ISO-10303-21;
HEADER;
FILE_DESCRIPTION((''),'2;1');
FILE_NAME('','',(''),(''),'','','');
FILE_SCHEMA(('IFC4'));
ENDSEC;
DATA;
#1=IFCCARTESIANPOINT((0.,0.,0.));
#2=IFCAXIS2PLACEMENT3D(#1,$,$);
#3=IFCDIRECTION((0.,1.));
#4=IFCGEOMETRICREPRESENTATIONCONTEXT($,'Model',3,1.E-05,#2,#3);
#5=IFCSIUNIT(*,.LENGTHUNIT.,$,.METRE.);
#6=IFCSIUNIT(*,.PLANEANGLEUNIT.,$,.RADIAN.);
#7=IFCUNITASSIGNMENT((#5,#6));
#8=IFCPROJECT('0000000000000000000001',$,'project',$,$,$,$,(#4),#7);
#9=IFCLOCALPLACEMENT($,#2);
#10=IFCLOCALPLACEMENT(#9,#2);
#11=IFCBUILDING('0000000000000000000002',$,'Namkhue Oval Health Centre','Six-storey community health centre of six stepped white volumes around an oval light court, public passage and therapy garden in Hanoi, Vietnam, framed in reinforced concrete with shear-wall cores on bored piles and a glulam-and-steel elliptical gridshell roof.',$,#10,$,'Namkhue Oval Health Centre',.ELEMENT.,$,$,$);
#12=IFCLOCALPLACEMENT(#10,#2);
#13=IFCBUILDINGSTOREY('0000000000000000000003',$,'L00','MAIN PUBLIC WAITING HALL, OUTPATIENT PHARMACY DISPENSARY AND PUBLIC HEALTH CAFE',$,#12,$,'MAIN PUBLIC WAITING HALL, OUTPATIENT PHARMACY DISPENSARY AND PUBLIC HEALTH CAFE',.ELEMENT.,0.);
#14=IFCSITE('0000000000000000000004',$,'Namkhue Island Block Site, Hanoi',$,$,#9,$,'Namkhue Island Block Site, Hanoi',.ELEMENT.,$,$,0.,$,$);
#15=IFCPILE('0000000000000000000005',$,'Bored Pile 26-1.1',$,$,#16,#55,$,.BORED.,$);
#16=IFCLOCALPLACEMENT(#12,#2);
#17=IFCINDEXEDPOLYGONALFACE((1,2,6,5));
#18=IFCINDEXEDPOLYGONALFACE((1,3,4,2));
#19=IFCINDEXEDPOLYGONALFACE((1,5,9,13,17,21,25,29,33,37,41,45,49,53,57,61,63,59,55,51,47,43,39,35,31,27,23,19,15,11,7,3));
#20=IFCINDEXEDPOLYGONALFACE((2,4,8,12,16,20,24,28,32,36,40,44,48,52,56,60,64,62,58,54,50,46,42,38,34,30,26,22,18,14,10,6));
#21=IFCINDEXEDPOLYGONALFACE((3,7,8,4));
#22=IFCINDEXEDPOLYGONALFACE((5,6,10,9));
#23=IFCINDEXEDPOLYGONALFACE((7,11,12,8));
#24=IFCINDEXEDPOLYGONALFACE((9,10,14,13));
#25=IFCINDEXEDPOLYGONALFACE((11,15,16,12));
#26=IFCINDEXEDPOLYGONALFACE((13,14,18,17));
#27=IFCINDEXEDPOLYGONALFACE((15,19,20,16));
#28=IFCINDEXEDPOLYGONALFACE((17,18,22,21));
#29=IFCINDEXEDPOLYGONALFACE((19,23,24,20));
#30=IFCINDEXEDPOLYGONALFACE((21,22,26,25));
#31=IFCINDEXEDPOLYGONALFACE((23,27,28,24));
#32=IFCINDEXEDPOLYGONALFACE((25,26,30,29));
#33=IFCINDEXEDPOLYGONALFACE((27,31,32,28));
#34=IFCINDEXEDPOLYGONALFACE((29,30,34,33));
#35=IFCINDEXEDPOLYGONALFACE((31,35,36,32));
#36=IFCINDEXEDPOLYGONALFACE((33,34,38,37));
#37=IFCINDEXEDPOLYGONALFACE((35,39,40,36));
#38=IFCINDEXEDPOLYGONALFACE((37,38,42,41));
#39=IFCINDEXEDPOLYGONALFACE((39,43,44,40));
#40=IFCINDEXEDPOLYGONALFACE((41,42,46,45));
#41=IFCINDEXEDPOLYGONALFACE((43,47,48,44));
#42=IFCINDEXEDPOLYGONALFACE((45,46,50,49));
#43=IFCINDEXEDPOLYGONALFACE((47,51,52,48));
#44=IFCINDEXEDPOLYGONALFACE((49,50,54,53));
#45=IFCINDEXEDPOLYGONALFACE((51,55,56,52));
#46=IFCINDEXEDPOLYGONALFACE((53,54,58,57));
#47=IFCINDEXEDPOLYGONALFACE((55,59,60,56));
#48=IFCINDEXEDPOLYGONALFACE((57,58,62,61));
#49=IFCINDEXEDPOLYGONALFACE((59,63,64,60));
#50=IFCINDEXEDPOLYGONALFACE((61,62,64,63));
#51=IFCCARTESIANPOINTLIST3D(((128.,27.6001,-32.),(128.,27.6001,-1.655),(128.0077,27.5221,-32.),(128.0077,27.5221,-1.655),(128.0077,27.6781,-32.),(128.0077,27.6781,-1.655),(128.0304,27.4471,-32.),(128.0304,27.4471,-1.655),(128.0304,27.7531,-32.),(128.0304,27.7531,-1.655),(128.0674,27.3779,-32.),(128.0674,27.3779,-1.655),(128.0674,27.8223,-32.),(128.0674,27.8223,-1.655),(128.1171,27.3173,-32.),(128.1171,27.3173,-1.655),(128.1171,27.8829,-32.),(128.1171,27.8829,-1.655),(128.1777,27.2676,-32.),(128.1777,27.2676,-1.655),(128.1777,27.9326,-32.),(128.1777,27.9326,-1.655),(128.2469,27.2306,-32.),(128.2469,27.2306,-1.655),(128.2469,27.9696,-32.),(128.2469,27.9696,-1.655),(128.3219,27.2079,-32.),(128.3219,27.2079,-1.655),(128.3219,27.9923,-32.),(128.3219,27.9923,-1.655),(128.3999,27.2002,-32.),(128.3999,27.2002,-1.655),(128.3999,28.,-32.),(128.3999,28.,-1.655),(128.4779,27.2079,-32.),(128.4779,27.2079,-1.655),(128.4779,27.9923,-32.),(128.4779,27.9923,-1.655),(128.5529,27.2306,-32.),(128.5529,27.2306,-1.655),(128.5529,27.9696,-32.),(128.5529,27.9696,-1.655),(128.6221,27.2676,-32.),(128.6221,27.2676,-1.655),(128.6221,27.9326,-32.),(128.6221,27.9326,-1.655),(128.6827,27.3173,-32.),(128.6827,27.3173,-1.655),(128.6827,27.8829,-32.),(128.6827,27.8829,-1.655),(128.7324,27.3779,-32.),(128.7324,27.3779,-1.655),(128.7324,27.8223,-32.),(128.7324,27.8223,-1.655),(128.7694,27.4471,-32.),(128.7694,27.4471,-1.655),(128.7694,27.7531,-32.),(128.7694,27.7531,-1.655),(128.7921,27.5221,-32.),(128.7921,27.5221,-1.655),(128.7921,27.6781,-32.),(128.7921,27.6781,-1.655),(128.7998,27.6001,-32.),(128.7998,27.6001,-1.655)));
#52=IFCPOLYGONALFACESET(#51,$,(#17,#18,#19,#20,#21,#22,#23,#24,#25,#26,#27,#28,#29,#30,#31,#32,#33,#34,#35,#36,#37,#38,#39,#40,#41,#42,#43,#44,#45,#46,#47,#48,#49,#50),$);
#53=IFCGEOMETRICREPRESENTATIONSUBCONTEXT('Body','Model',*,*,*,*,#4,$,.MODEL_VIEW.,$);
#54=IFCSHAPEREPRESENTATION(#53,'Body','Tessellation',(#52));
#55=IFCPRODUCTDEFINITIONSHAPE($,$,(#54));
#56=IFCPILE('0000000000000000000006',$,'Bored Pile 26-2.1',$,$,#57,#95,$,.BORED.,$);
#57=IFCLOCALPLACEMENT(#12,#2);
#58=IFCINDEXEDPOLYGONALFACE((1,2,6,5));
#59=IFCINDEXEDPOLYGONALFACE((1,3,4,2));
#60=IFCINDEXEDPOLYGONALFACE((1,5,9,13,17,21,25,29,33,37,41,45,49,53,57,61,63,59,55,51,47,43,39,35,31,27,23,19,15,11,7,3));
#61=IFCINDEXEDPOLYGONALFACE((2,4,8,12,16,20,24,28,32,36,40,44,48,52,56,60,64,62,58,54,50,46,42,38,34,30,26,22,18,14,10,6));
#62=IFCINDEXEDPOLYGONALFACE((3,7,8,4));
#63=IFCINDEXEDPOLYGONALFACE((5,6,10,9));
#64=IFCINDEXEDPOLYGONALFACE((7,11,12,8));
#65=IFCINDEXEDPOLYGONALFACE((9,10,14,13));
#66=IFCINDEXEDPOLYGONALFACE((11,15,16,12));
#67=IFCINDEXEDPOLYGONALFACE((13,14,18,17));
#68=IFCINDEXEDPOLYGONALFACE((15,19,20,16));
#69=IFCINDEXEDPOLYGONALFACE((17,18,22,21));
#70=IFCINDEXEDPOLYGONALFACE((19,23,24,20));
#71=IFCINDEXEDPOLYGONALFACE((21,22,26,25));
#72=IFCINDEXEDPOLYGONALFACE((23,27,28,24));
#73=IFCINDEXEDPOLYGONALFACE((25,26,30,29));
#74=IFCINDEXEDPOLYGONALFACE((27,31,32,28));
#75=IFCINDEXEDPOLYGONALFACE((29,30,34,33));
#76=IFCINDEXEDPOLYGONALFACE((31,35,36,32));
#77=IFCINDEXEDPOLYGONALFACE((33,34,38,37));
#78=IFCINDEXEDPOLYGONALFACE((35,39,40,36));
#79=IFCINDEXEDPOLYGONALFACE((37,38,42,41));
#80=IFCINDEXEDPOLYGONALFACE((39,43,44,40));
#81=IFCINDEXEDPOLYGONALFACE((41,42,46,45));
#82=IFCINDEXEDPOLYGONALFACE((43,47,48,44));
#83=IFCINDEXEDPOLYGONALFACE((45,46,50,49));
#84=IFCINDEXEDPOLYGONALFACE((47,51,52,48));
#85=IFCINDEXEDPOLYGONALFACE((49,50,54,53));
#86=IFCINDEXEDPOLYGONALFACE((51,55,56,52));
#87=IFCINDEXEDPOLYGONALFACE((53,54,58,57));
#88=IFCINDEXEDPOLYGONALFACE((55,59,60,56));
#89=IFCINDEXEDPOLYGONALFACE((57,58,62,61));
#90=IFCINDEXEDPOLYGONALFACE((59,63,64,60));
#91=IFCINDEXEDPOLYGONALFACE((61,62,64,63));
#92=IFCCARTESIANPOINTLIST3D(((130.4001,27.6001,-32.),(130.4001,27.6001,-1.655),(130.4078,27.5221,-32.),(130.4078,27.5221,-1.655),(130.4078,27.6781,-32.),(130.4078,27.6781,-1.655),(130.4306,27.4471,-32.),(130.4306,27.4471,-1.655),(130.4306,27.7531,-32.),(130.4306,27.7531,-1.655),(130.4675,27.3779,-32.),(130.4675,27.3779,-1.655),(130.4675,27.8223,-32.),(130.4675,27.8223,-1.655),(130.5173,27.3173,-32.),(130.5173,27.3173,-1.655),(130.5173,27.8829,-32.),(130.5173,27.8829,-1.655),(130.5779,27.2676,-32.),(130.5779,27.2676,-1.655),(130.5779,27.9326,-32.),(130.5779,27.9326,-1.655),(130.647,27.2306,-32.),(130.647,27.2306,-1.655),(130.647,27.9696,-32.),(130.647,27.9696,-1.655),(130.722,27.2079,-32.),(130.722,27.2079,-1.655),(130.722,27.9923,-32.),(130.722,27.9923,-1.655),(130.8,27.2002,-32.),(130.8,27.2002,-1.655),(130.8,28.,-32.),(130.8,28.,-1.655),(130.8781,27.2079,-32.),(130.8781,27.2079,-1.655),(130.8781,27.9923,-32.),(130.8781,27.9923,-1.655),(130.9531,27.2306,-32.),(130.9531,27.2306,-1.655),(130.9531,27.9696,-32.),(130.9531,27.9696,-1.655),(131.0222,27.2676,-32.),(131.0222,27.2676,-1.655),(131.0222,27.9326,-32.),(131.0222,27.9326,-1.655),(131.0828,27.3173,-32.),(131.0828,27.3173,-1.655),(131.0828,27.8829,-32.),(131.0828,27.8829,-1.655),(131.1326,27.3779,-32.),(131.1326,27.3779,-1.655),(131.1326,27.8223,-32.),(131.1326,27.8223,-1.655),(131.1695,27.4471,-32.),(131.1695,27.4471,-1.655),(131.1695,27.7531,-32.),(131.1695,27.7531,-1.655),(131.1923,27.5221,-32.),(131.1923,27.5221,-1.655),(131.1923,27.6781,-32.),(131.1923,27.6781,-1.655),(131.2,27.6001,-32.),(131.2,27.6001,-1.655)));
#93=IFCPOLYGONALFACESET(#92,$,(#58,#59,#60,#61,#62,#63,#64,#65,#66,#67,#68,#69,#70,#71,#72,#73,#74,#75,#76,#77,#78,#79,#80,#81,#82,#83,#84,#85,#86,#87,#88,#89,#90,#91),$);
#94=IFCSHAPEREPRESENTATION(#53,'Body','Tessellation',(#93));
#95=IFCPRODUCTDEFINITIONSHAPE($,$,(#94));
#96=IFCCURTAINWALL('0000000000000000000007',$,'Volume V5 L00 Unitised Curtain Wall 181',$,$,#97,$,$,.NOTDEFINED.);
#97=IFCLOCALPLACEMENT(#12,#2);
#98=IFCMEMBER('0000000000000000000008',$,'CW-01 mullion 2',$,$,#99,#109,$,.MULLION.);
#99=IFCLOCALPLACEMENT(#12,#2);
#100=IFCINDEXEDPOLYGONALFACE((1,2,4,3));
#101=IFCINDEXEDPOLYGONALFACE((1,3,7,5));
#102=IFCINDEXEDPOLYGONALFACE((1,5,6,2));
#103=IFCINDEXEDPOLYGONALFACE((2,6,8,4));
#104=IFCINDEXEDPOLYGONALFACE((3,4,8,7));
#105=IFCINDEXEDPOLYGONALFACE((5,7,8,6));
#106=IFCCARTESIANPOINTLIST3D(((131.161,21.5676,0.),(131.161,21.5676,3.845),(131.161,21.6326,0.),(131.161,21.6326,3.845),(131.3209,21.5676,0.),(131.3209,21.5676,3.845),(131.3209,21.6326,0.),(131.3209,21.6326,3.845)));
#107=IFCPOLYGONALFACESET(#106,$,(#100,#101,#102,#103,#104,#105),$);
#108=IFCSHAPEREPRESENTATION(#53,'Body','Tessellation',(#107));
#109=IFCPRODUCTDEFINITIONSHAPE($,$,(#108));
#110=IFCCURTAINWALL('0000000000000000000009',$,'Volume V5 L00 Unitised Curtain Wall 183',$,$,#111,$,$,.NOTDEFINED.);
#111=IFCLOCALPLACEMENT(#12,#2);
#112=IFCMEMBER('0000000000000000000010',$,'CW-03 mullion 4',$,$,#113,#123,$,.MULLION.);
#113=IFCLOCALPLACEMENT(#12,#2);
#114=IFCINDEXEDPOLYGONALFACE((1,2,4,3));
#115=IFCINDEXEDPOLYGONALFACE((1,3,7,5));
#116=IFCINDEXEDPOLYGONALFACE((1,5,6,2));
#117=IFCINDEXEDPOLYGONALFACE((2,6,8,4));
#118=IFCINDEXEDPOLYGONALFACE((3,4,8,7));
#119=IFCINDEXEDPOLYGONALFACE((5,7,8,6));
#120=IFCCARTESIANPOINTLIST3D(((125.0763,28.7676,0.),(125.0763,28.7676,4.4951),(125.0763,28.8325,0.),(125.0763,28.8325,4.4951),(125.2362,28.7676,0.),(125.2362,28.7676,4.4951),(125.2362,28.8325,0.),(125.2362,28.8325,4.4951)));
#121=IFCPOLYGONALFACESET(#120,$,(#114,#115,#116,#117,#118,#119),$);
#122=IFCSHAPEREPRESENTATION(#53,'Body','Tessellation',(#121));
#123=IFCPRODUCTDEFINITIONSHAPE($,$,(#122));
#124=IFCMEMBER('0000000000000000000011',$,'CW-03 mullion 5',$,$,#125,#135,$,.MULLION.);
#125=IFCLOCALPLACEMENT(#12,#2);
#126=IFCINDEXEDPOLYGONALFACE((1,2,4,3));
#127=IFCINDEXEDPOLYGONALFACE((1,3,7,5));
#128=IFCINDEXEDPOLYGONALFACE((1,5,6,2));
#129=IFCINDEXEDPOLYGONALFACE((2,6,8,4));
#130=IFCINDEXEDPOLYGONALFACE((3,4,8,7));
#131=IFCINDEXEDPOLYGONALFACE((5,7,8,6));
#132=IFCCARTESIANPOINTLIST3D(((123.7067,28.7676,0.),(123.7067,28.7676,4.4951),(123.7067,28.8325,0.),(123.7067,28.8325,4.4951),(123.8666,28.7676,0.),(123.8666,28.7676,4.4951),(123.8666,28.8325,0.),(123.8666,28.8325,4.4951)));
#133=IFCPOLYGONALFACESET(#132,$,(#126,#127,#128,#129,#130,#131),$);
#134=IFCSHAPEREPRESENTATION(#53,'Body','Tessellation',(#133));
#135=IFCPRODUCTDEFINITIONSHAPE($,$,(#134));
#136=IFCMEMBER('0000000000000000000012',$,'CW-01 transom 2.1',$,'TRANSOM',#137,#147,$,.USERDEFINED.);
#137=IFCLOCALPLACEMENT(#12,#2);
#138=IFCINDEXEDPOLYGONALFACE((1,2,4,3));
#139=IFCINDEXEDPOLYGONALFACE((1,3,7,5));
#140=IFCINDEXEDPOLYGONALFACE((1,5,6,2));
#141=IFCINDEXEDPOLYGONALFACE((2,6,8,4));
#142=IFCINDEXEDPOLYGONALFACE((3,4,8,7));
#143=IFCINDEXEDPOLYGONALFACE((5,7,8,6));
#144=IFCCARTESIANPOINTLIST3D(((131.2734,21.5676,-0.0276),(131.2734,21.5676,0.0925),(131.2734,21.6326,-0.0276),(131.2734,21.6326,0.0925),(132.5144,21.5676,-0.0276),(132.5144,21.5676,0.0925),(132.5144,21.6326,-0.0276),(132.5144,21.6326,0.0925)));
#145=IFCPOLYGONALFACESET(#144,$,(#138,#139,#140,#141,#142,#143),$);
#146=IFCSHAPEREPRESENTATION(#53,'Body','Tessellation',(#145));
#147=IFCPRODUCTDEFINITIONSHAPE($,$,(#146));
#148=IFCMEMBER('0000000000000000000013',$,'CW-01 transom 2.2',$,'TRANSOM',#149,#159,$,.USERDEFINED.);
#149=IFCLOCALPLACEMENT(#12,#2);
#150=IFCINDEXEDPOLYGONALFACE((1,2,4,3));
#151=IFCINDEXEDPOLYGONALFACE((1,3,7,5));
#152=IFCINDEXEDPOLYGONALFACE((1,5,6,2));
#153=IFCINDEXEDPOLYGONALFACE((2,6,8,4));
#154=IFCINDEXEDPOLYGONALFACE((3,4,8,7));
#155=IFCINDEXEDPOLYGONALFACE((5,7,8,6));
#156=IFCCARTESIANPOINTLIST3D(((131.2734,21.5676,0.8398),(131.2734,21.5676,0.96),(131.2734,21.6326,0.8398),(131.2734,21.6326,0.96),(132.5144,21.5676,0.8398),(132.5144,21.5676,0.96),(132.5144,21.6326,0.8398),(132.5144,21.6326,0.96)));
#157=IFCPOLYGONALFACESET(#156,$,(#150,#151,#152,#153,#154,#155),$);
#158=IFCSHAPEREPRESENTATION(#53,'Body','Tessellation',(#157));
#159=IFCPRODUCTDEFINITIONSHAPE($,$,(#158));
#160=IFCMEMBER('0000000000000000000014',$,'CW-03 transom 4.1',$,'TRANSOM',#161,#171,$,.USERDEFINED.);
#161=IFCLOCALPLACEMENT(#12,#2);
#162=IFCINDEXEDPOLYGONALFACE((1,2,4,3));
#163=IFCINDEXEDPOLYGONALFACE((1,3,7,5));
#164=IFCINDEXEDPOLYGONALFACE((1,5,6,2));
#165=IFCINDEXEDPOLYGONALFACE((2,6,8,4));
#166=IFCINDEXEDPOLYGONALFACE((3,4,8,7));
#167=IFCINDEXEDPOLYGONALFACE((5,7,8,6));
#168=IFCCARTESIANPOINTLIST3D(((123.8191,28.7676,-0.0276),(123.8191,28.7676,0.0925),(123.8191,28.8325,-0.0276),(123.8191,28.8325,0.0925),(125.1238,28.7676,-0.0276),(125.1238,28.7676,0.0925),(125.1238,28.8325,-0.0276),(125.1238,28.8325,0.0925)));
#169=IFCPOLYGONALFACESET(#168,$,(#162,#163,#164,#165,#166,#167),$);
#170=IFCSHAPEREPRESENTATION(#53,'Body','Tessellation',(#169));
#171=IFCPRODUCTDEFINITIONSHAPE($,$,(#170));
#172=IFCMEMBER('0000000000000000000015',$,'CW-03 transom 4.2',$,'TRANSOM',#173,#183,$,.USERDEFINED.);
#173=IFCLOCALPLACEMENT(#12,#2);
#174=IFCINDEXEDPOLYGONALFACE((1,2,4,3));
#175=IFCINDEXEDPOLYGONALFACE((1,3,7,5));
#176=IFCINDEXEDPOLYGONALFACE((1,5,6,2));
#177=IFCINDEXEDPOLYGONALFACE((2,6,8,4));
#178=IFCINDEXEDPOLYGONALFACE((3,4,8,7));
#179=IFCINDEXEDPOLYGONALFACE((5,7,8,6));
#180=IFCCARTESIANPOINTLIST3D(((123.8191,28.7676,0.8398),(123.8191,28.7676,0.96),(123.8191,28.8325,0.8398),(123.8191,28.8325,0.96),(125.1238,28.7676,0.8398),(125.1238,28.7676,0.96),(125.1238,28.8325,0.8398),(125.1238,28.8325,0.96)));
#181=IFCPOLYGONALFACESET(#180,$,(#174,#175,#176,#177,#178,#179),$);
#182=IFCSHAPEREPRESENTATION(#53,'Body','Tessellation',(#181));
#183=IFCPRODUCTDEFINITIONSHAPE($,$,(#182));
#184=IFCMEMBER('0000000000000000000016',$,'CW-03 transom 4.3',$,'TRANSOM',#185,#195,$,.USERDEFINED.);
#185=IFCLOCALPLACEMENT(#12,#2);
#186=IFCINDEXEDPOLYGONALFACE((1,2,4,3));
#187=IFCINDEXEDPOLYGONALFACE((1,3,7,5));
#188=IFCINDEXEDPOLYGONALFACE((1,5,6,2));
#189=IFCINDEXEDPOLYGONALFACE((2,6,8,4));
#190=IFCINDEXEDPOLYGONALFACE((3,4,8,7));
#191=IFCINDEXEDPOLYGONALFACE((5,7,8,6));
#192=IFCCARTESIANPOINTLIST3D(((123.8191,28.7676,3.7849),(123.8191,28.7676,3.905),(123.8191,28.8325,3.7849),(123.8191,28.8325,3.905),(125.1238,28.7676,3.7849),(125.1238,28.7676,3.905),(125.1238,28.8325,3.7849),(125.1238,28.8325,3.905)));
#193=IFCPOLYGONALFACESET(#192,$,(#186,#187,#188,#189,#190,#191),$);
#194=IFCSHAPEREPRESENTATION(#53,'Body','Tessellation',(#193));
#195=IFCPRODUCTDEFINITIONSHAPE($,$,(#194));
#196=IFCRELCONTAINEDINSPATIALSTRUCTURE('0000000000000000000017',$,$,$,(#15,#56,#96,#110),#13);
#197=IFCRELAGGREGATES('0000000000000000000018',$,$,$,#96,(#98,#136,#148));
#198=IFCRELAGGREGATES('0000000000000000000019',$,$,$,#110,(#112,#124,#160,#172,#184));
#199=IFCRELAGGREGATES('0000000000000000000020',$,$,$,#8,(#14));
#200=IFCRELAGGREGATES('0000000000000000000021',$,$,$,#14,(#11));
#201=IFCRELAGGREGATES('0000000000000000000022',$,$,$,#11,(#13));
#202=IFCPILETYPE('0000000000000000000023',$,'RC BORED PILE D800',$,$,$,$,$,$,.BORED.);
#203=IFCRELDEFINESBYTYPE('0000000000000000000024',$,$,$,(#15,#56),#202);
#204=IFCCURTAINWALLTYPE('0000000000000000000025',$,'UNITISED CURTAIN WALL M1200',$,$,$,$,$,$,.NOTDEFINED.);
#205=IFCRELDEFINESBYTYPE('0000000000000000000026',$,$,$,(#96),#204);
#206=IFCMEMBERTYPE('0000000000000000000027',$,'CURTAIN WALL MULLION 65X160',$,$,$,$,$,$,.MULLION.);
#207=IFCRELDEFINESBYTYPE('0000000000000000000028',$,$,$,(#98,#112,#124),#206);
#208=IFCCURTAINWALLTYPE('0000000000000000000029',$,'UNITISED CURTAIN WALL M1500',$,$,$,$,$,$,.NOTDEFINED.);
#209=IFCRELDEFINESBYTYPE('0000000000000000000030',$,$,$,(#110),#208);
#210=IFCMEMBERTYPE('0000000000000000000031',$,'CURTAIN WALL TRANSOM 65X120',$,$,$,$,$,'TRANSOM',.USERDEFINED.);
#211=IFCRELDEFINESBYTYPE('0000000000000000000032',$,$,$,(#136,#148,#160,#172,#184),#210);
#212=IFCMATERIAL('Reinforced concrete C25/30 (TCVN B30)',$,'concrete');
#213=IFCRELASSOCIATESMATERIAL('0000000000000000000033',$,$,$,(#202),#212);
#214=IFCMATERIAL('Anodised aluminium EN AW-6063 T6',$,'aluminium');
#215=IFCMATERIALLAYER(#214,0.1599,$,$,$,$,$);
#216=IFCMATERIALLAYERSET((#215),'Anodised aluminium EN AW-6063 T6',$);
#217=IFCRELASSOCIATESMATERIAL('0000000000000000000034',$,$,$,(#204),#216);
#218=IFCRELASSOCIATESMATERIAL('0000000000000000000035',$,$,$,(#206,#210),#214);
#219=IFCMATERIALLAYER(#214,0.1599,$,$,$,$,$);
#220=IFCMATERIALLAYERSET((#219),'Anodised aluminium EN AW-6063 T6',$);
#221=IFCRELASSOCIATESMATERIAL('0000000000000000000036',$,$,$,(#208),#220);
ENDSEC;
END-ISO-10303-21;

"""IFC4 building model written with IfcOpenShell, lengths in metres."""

from ifc_helpers import new_model, si_unit, direction, frame, origin, origin_2d, place, context, subcontext, project, spatial, rectangle, circle, extrude, material, layer, layer_set, material_profile, profile_set, type_object, element, aggregate, save


model = new_model("IFC4")

# Units and contexts
model_context = context("Model", 3, precision=1e-05, world=origin(), true_north=direction((0.0, 1.0)))
body_context = subcontext(model_context, "Body", "Model", "MODEL_VIEW")
ifc_project = project(units=[si_unit("LENGTHUNIT", "METRE"), si_unit("PLANEANGLEUNIT", "RADIAN")], contexts=[model_context])

# Site, building, storey
site_placement = place(None, origin())
site = spatial("IfcSite", under=ifc_project, at=site_placement, Name="Namkhue Island Block Site, Hanoi", LongName="Namkhue Island Block Site, Hanoi", CompositionType="ELEMENT", RefElevation=0.0)
building_placement = place(site_placement, origin())
building = spatial("IfcBuilding", under=site, at=building_placement, Name="Namkhue Oval Health Centre", Description="Six-storey community health centre of six stepped white volumes around an oval light court, public passage and therapy garden in Hanoi, Vietnam, framed in reinforced concrete with shear-wall cores on bored piles and a glulam-and-steel elliptical gridshell roof.", LongName="Namkhue Oval Health Centre", CompositionType="ELEMENT")
storey_placement = place(building_placement, origin())
storey = spatial("IfcBuildingStorey", under=building, at=storey_placement, Name="L00", Description="MAIN PUBLIC WAITING HALL, OUTPATIENT PHARMACY DISPENSARY AND PUBLIC HEALTH CAFE", LongName="MAIN PUBLIC WAITING HALL, OUTPATIENT PHARMACY DISPENSARY AND PUBLIC HEALTH CAFE", CompositionType="ELEMENT", Elevation=0.0)

# Piles
ifc_material_1 = material(Name="Reinforced concrete C25/30 (TCVN B30)", Category="concrete")
ifc_material_profile_1 = material_profile(ifc_material_1, circle(Radius=0.3999, at=origin_2d()), Name="BORED PILE D800")
ifc_profile_set_1 = profile_set([ifc_material_profile_1], Name="Reinforced concrete C25/30 (TCVN B30)")
pile_type_1 = type_object("IfcPileType", Name="RC BORED PILE D800", PredefinedType="BORED", material=ifc_profile_set_1)
for number, where, z_axis, x_axis, name in (
    (1, (128.3999, 27.6001, -1.655), (0.0, 0.0, -1.0), (1.0, 0.0, 0.0), "Bored Pile 26-1.1"),
    (2, (130.8, 27.6001, -1.655), (0.0, 0.0, -1.0), (1.0, 0.0, 0.0), "Bored Pile 26-2.1"),
):
    element("IfcPile", number, at=place(storey_placement, frame(where, z_axis=z_axis, x_axis=x_axis)), inside=storey, type_object=pile_type_1, Name=name, PredefinedType="BORED", context=body_context, shape_type="SweptSolid", body=[
        extrude(circle(Radius=0.3999, at=origin_2d()), origin(), (0.0, 0.0, 1.0), 30.345),
    ])

# Curtain wall, member
ifc_material_2 = material(Name="Anodised aluminium EN AW-6063 T6", Category="aluminium")
ifc_layer_1 = layer(ifc_material_2, 0.1599)
ifc_layer_set_1 = layer_set([ifc_layer_1], Name="Anodised aluminium EN AW-6063 T6")
curtain_wall_type_1 = type_object("IfcCurtainWallType", Name="UNITISED CURTAIN WALL M1200", PredefinedType="NOTDEFINED", material=ifc_layer_set_1)
curtain_wall_1_placement = place(storey_placement, origin())
curtain_wall_1 = element("IfcCurtainWall", 3, at=curtain_wall_1_placement, inside=storey, type_object=curtain_wall_type_1, Name="Volume V5 L00 Unitised Curtain Wall 181", PredefinedType="NOTDEFINED")
ifc_material_profile_2 = material_profile(ifc_material_2, rectangle(XDim=0.0649, YDim=0.1599, at=origin_2d()), Name="ALU 65x160")
ifc_profile_set_2 = profile_set([ifc_material_profile_2], Name="Anodised aluminium EN AW-6063 T6")
member_type_1 = type_object("IfcMemberType", Name="CURTAIN WALL MULLION 65X160", PredefinedType="MULLION", material=ifc_profile_set_2)
member_1_placement = place(storey_placement, frame((131.241, 21.6001, 0.0), z_axis=(0.0, 0.0, 1.0), x_axis=(0.0, 1.0, 0.0)))
member_1 = element("IfcMember", 4, at=member_1_placement, type_object=member_type_1, Name="CW-01 mullion 2", PredefinedType="MULLION", context=body_context, shape_type="SweptSolid", body=[
    extrude(rectangle(XDim=0.0649, YDim=0.1599, at=origin_2d()), origin(), (0.0, 0.0, 1.0), 3.845),
])

# Curtain wall, members
ifc_layer_2 = layer(ifc_material_2, 0.1599)
ifc_layer_set_2 = layer_set([ifc_layer_2], Name="Anodised aluminium EN AW-6063 T6")
curtain_wall_type_2 = type_object("IfcCurtainWallType", Name="UNITISED CURTAIN WALL M1500", PredefinedType="NOTDEFINED", material=ifc_layer_set_2)
curtain_wall_2_placement = place(storey_placement, origin())
curtain_wall_2 = element("IfcCurtainWall", 5, at=curtain_wall_2_placement, inside=storey, type_object=curtain_wall_type_2, Name="Volume V5 L00 Unitised Curtain Wall 183", PredefinedType="NOTDEFINED")
member_2_placement = place(storey_placement, frame((125.1562, 28.8, 0.0), z_axis=(0.0, 0.0, 1.0), x_axis=(0.0, -1.0, 0.0)))
member_2 = element("IfcMember", 6, at=member_2_placement, type_object=member_type_1, Name="CW-03 mullion 4", PredefinedType="MULLION", context=body_context, shape_type="SweptSolid", body=[
    extrude(rectangle(XDim=0.0649, YDim=0.1599, at=origin_2d()), origin(), (0.0, 0.0, 1.0), 4.4951),
])
member_3_placement = place(storey_placement, frame((123.7866, 28.8, 0.0), z_axis=(0.0, 0.0, 1.0), x_axis=(0.0, -1.0, 0.0)))
member_3 = element("IfcMember", 7, at=member_3_placement, type_object=member_type_1, Name="CW-03 mullion 5", PredefinedType="MULLION", context=body_context, shape_type="SweptSolid", body=[
    extrude(rectangle(XDim=0.0649, YDim=0.1599, at=origin_2d()), origin(), (0.0, 0.0, 1.0), 4.4951),
])

# Members
ifc_material_profile_3 = material_profile(ifc_material_2, rectangle(XDim=0.0649, YDim=0.1201, at=origin_2d()), Name="ALU 65x120")
ifc_profile_set_3 = profile_set([ifc_material_profile_3], Name="Anodised aluminium EN AW-6063 T6")
member_type_2 = type_object("IfcMemberType", Name="CURTAIN WALL TRANSOM 65X120", ElementType="TRANSOM", PredefinedType="USERDEFINED", material=ifc_profile_set_3)
member_4_placement = place(storey_placement, frame((131.2734, 21.6001, 0.0325), z_axis=(1.0, 0.0, 0.0), x_axis=(0.0, 1.0, 0.0)))
member_4 = element("IfcMember", 8, at=member_4_placement, type_object=member_type_2, Name="CW-01 transom 2.1", ObjectType="TRANSOM", PredefinedType="USERDEFINED", context=body_context, shape_type="SweptSolid", body=[
    extrude(rectangle(XDim=0.0649, YDim=0.1201, at=origin_2d()), origin(), (0.0, 0.0, 1.0), 1.241),
])
member_5_placement = place(storey_placement, frame((131.2734, 21.6001, 0.8999), z_axis=(1.0, 0.0, 0.0), x_axis=(0.0, 1.0, 0.0)))
member_5 = element("IfcMember", 9, at=member_5_placement, type_object=member_type_2, Name="CW-01 transom 2.2", ObjectType="TRANSOM", PredefinedType="USERDEFINED", context=body_context, shape_type="SweptSolid", body=[
    extrude(rectangle(XDim=0.0649, YDim=0.1201, at=origin_2d()), origin(), (0.0, 0.0, 1.0), 1.241),
])
member_6_placement = place(storey_placement, frame((125.1238, 28.8, 0.0325), z_axis=(-1.0, 0.0, 0.0), x_axis=(0.0, -1.0, 0.0)))
member_6 = element("IfcMember", 10, at=member_6_placement, type_object=member_type_2, Name="CW-03 transom 4.1", ObjectType="TRANSOM", PredefinedType="USERDEFINED", context=body_context, shape_type="SweptSolid", body=[
    extrude(rectangle(XDim=0.0649, YDim=0.1201, at=origin_2d()), origin(), (0.0, 0.0, 1.0), 1.3047),
])
member_7_placement = place(storey_placement, frame((125.1238, 28.8, 0.8999), z_axis=(-1.0, 0.0, 0.0), x_axis=(0.0, -1.0, 0.0)))
member_7 = element("IfcMember", 11, at=member_7_placement, type_object=member_type_2, Name="CW-03 transom 4.2", ObjectType="TRANSOM", PredefinedType="USERDEFINED", context=body_context, shape_type="SweptSolid", body=[
    extrude(rectangle(XDim=0.0649, YDim=0.1201, at=origin_2d()), origin(), (0.0, 0.0, 1.0), 1.3047),
])
member_8_placement = place(storey_placement, frame((125.1238, 28.8, 3.845), z_axis=(-1.0, 0.0, 0.0), x_axis=(0.0, -1.0, 0.0)))
member_8 = element("IfcMember", 12, at=member_8_placement, type_object=member_type_2, Name="CW-03 transom 4.3", ObjectType="TRANSOM", PredefinedType="USERDEFINED", context=body_context, shape_type="SweptSolid", body=[
    extrude(rectangle(XDim=0.0649, YDim=0.1201, at=origin_2d()), origin(), (0.0, 0.0, 1.0), 1.3047),
])

aggregate(curtain_wall_1, [member_1, member_4, member_5])
aggregate(curtain_wall_2, [member_2, member_3, member_6, member_7, member_8])

save(model, "model.ifc")
